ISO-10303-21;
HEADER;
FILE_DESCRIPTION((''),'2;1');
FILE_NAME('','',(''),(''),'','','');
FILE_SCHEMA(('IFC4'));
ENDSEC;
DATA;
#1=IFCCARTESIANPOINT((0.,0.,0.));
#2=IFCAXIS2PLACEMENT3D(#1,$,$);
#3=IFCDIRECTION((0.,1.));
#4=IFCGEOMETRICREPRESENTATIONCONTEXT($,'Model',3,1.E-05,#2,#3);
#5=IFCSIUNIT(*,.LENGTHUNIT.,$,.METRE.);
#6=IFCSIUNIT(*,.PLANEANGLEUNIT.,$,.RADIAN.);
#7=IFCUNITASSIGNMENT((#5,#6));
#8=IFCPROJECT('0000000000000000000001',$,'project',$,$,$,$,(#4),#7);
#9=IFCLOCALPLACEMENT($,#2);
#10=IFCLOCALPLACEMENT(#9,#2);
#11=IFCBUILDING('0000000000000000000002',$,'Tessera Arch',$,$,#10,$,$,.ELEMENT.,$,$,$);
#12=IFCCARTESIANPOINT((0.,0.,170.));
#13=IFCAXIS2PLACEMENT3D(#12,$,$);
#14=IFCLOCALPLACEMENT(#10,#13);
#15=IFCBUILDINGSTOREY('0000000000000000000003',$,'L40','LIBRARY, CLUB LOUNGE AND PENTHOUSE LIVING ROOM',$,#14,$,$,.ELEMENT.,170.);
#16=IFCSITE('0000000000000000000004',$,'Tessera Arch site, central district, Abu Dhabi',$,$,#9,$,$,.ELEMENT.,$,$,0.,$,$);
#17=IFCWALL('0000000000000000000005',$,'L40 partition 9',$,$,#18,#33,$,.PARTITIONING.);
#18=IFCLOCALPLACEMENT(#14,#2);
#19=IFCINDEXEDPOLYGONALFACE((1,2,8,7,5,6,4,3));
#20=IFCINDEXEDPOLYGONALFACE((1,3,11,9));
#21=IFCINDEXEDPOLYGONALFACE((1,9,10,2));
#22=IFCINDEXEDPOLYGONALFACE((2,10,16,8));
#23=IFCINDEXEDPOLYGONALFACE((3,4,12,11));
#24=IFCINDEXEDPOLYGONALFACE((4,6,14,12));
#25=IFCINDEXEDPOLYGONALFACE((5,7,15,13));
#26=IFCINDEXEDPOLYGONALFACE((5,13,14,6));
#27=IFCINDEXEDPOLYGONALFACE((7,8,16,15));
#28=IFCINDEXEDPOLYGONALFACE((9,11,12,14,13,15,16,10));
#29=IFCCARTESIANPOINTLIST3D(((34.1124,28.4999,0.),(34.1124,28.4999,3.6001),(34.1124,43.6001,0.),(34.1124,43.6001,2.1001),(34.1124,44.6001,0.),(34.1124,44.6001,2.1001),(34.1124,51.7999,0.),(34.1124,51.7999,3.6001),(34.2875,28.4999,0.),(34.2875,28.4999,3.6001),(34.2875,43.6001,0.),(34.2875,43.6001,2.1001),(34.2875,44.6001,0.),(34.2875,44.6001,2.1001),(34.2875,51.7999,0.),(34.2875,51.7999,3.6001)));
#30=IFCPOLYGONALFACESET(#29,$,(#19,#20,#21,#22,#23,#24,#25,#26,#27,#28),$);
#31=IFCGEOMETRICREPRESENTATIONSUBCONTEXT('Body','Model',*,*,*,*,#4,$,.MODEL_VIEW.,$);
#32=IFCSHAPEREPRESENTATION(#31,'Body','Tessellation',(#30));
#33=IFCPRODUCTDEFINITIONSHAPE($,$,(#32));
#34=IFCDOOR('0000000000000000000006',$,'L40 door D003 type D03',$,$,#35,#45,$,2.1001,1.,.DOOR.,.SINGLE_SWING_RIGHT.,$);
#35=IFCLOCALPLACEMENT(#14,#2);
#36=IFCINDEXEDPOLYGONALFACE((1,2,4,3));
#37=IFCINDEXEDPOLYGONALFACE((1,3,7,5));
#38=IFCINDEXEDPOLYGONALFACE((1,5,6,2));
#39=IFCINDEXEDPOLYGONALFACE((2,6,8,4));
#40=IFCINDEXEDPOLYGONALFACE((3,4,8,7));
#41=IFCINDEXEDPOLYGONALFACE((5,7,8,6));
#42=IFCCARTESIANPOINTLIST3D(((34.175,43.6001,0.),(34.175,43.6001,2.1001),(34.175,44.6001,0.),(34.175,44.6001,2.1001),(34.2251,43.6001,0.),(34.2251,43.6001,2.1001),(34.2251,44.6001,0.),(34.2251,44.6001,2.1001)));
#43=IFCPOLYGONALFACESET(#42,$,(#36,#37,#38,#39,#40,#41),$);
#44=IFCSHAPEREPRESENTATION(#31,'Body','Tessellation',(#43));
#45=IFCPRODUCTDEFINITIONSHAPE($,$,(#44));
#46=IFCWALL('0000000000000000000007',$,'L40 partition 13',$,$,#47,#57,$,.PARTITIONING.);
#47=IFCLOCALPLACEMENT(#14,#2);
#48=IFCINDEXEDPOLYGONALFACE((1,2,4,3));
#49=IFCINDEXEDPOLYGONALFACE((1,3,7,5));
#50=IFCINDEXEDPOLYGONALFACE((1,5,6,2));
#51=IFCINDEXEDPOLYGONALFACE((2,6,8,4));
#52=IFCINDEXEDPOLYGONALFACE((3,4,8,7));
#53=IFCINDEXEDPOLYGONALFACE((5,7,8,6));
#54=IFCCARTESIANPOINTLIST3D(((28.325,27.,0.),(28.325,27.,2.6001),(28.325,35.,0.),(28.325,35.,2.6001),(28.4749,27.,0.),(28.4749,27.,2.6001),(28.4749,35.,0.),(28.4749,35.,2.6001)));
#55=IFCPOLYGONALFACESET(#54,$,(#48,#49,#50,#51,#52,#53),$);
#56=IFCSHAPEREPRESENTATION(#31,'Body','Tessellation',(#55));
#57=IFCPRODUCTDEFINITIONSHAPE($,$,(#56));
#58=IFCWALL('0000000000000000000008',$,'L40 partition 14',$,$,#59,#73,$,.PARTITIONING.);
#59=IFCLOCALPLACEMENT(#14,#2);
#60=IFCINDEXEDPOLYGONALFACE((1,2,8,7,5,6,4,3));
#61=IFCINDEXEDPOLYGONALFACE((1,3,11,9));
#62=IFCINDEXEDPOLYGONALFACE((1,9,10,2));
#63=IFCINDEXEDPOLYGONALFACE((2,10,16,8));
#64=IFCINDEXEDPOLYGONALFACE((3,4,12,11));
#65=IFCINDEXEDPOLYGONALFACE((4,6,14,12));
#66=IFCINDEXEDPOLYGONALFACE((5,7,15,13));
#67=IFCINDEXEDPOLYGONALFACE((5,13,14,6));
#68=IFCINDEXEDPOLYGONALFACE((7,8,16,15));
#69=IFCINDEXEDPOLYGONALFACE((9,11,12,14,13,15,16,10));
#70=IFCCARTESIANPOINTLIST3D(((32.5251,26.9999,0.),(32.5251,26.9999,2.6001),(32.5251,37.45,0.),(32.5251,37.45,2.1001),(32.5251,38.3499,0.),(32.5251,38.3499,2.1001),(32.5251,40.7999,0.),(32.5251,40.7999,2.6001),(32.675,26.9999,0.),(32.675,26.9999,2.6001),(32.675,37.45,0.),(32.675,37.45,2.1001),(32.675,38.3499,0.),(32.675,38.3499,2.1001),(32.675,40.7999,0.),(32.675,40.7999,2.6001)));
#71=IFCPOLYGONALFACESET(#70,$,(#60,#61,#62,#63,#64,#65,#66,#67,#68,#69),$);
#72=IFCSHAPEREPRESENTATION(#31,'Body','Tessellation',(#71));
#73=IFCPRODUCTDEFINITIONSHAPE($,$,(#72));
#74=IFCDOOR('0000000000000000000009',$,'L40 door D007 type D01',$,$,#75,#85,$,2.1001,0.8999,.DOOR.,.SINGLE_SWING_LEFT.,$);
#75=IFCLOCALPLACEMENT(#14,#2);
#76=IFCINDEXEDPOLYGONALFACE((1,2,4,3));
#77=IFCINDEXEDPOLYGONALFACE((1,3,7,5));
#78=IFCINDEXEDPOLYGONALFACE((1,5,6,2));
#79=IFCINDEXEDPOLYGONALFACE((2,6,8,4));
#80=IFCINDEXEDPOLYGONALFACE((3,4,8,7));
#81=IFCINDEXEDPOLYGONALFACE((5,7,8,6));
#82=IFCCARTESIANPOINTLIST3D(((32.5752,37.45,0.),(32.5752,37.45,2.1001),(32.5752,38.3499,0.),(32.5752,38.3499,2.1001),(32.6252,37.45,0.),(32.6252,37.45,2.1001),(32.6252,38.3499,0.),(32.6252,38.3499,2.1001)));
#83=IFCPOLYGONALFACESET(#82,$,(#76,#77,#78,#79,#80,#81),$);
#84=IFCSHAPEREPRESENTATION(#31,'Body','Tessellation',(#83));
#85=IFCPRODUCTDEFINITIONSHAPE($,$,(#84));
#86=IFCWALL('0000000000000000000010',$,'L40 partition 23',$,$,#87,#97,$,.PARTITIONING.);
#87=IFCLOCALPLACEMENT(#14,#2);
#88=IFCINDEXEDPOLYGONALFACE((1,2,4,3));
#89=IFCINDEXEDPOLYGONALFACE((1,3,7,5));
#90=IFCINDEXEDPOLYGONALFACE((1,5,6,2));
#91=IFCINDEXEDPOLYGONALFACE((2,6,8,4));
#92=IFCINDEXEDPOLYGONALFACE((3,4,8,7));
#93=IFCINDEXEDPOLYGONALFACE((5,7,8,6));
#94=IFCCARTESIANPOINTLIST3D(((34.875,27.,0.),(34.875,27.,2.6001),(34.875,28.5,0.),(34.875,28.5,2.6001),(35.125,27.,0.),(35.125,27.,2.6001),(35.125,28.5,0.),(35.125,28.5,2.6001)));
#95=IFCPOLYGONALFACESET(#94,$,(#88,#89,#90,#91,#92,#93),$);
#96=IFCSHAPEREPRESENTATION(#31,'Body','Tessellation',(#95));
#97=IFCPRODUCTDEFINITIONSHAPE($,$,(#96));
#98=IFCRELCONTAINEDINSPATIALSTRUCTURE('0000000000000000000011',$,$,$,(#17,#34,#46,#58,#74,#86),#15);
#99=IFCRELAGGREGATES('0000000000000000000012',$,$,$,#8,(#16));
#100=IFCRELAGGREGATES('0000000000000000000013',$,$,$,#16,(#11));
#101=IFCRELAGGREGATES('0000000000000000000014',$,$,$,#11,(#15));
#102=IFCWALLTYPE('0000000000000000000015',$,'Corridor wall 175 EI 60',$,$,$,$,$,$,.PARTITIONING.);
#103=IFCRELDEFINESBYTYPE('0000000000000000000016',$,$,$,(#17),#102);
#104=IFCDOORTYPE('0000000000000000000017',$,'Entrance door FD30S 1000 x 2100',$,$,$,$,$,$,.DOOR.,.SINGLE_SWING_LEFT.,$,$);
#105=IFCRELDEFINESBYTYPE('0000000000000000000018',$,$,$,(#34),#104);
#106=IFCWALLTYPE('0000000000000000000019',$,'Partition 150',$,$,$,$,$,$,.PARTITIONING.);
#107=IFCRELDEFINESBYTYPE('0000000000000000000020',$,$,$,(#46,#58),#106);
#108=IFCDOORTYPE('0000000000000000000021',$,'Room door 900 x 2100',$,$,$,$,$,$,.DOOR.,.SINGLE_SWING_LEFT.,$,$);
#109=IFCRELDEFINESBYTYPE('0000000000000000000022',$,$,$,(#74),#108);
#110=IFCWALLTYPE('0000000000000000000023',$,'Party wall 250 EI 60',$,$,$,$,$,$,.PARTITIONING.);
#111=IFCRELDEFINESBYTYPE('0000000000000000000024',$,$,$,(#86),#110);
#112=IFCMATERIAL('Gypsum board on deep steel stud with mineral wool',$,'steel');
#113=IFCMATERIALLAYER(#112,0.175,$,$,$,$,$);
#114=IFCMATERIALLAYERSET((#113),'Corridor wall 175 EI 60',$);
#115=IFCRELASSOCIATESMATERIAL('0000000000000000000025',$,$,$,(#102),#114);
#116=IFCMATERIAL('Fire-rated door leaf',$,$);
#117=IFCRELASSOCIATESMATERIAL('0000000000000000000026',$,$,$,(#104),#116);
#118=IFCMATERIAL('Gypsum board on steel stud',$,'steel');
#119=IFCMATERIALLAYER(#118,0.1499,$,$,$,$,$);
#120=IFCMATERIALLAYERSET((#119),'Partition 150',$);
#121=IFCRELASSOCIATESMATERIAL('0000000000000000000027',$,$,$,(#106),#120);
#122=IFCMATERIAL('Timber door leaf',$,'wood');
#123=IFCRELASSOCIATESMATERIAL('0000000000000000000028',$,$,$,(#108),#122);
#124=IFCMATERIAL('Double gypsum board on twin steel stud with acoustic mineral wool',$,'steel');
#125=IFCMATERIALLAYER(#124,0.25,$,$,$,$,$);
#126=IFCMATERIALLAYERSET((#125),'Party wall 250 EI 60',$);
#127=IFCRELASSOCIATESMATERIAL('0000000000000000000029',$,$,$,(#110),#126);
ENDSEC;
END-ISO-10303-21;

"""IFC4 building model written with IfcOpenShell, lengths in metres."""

from ifc_helpers import new_model, si_unit, direction, frame, frame_2d, origin, place, context, subcontext, project, spatial, rectangle, extrude, material, layer, layer_set, type_object, element, fill, save


model = new_model("IFC4")

# Units and contexts
model_context = context("Model", 3, precision=1e-05, world=origin(), true_north=direction((0.0, 1.0)))
body_context = subcontext(model_context, "Body", "Model", "MODEL_VIEW")
ifc_project = project(units=[si_unit("LENGTHUNIT", "METRE"), si_unit("PLANEANGLEUNIT", "RADIAN")], contexts=[model_context])

# Site, building, storey
site_placement = place(None, origin())
site = spatial("IfcSite", under=ifc_project, at=site_placement, Name="Tessera Arch site, central district, Abu Dhabi", CompositionType="ELEMENT", RefElevation=0.0)
building_placement = place(site_placement, origin())
building = spatial("IfcBuilding", under=site, at=building_placement, Name="Tessera Arch", CompositionType="ELEMENT")
storey_placement = place(building_placement, frame((0.0, 0.0, 170.0)))
storey = spatial("IfcBuildingStorey", under=building, at=storey_placement, Name="L40", Description="LIBRARY, CLUB LOUNGE AND PENTHOUSE LIVING ROOM", CompositionType="ELEMENT", Elevation=170.0)

# Shared definitions
ifc_material_1 = material(Name="Gypsum board on deep steel stud with mineral wool", Category="steel")
ifc_layer_1 = layer(ifc_material_1, 0.175)
ifc_layer_set_1 = layer_set([ifc_layer_1], Name="Corridor wall 175 EI 60")
wall_type_1 = type_object("IfcWallType", Name="Corridor wall 175 EI 60", PredefinedType="PARTITIONING", material=ifc_layer_set_1)

# Wall, opening, door
wall_1_placement = place(storey_placement, frame((34.2, 28.5, 0.0), z_axis=(0.0, 0.0, 1.0), x_axis=(0.0, 1.0, 0.0)))
wall_1 = element("IfcWall", 1, at=wall_1_placement, inside=storey, type_object=wall_type_1, Name="L40 partition 9", PredefinedType="PARTITIONING", context=body_context, shape_type="SweptSolid", body=[
    extrude(rectangle(XDim=23.3, YDim=0.175, at=frame_2d((11.6499, 0.0))), origin(), (0.0, 0.0, 1.0), 3.6001),
])
opening_1_placement = place(wall_1_placement, frame((15.1001, 0.0, 0.0)))
opening_1 = element("IfcOpeningElement", 2, at=opening_1_placement, cuts=wall_1, PredefinedType="OPENING", context=body_context, shape_type="SweptSolid", body=[
    extrude(rectangle(XDim=1.0, YDim=2.1001, at=frame_2d((0.5, 1.05))), frame((0.0, 0.0974, 0.0), z_axis=(0.0, -1.0, 0.0), x_axis=(1.0, 0.0, 0.0)), (0.0, 0.0, 1.0), 0.1951),
])
ifc_material_2 = material(Name="Fire-rated door leaf")
door_type_1 = type_object("IfcDoorType", Name="Entrance door FD30S 1000 x 2100", OperationType="SINGLE_SWING_LEFT", PredefinedType="DOOR", material=ifc_material_2)
door_1_placement = place(opening_1_placement, origin())
door_1 = element("IfcDoor", 3, at=door_1_placement, inside=storey, type_object=door_type_1, Name="L40 door D003 type D03", OperationType="SINGLE_SWING_RIGHT", OverallHeight=2.1001, OverallWidth=1.0, PredefinedType="DOOR", context=body_context, shape_type="SweptSolid", body=[
    extrude(rectangle(XDim=1.0, YDim=2.1001, at=frame_2d((0.5, 1.05))), frame((0.0, 0.0249, 0.0), z_axis=(0.0, -1.0, 0.0), x_axis=(1.0, 0.0, 0.0)), (0.0, 0.0, 1.0), 0.05),
])
fill(opening_1, door_1)

# Wall
ifc_material_3 = material(Name="Gypsum board on steel stud", Category="steel")
ifc_layer_2 = layer(ifc_material_3, 0.1499)
ifc_layer_set_2 = layer_set([ifc_layer_2], Name="Partition 150")
wall_type_2 = type_object("IfcWallType", Name="Partition 150", PredefinedType="PARTITIONING", material=ifc_layer_set_2)
wall_2_placement = place(storey_placement, frame((28.3999, 27.0, 0.0), z_axis=(0.0, 0.0, 1.0), x_axis=(0.0, 1.0, 0.0)))
element("IfcWall", 4, at=wall_2_placement, inside=storey, type_object=wall_type_2, Name="L40 partition 13", PredefinedType="PARTITIONING", context=body_context, shape_type="SweptSolid", body=[
    extrude(rectangle(XDim=8.0, YDim=0.1499, at=frame_2d((4.0, 0.0))), origin(), (0.0, 0.0, 1.0), 2.6001),
])

# Wall, opening, door
wall_3_placement = place(storey_placement, frame((32.6001, 27.0, 0.0), z_axis=(0.0, 0.0, 1.0), x_axis=(0.0, 1.0, 0.0)))
wall_3 = element("IfcWall", 5, at=wall_3_placement, inside=storey, type_object=wall_type_2, Name="L40 partition 14", PredefinedType="PARTITIONING", context=body_context, shape_type="SweptSolid", body=[
    extrude(rectangle(XDim=13.8, YDim=0.1499, at=frame_2d((6.8999, 0.0))), origin(), (0.0, 0.0, 1.0), 2.6001),
])
opening_2_placement = place(wall_3_placement, frame((10.45, 0.0, 0.0)))
opening_2 = element("IfcOpeningElement", 6, at=opening_2_placement, cuts=wall_3, PredefinedType="OPENING", context=body_context, shape_type="SweptSolid", body=[
    extrude(rectangle(XDim=0.8999, YDim=2.1001, at=frame_2d((0.45, 1.05))), frame((0.0, 0.085, 0.0), z_axis=(0.0, -1.0, 0.0), x_axis=(1.0, 0.0, 0.0)), (0.0, 0.0, 1.0), 0.1699),
])
ifc_material_4 = material(Name="Timber door leaf", Category="wood")
door_type_2 = type_object("IfcDoorType", Name="Room door 900 x 2100", OperationType="SINGLE_SWING_LEFT", PredefinedType="DOOR", material=ifc_material_4)
door_2_placement = place(opening_2_placement, origin())
door_2 = element("IfcDoor", 7, at=door_2_placement, inside=storey, type_object=door_type_2, Name="L40 door D007 type D01", OperationType="SINGLE_SWING_LEFT", OverallHeight=2.1001, OverallWidth=0.8999, PredefinedType="DOOR", context=body_context, shape_type="SweptSolid", body=[
    extrude(rectangle(XDim=0.8999, YDim=2.1001, at=frame_2d((0.45, 1.05))), frame((0.0, 0.0249, 0.0), z_axis=(0.0, -1.0, 0.0), x_axis=(1.0, 0.0, 0.0)), (0.0, 0.0, 1.0), 0.05),
])
fill(opening_2, door_2)

# Wall
ifc_material_5 = material(Name="Double gypsum board on twin steel stud with acoustic mineral wool", Category="steel")
ifc_layer_3 = layer(ifc_material_5, 0.25)
ifc_layer_set_3 = layer_set([ifc_layer_3], Name="Party wall 250 EI 60")
wall_type_3 = type_object("IfcWallType", Name="Party wall 250 EI 60", PredefinedType="PARTITIONING", material=ifc_layer_set_3)
wall_4_placement = place(storey_placement, frame((35.0, 27.0, 0.0), z_axis=(0.0, 0.0, 1.0), x_axis=(0.0, 1.0, 0.0)))
element("IfcWall", 8, at=wall_4_placement, inside=storey, type_object=wall_type_3, Name="L40 partition 23", PredefinedType="PARTITIONING", context=body_context, shape_type="SweptSolid", body=[
    extrude(rectangle(XDim=1.5, YDim=0.25, at=frame_2d((0.75, 0.0))), origin(), (0.0, 0.0, 1.0), 2.6001),
])

save(model, "model.ifc")
